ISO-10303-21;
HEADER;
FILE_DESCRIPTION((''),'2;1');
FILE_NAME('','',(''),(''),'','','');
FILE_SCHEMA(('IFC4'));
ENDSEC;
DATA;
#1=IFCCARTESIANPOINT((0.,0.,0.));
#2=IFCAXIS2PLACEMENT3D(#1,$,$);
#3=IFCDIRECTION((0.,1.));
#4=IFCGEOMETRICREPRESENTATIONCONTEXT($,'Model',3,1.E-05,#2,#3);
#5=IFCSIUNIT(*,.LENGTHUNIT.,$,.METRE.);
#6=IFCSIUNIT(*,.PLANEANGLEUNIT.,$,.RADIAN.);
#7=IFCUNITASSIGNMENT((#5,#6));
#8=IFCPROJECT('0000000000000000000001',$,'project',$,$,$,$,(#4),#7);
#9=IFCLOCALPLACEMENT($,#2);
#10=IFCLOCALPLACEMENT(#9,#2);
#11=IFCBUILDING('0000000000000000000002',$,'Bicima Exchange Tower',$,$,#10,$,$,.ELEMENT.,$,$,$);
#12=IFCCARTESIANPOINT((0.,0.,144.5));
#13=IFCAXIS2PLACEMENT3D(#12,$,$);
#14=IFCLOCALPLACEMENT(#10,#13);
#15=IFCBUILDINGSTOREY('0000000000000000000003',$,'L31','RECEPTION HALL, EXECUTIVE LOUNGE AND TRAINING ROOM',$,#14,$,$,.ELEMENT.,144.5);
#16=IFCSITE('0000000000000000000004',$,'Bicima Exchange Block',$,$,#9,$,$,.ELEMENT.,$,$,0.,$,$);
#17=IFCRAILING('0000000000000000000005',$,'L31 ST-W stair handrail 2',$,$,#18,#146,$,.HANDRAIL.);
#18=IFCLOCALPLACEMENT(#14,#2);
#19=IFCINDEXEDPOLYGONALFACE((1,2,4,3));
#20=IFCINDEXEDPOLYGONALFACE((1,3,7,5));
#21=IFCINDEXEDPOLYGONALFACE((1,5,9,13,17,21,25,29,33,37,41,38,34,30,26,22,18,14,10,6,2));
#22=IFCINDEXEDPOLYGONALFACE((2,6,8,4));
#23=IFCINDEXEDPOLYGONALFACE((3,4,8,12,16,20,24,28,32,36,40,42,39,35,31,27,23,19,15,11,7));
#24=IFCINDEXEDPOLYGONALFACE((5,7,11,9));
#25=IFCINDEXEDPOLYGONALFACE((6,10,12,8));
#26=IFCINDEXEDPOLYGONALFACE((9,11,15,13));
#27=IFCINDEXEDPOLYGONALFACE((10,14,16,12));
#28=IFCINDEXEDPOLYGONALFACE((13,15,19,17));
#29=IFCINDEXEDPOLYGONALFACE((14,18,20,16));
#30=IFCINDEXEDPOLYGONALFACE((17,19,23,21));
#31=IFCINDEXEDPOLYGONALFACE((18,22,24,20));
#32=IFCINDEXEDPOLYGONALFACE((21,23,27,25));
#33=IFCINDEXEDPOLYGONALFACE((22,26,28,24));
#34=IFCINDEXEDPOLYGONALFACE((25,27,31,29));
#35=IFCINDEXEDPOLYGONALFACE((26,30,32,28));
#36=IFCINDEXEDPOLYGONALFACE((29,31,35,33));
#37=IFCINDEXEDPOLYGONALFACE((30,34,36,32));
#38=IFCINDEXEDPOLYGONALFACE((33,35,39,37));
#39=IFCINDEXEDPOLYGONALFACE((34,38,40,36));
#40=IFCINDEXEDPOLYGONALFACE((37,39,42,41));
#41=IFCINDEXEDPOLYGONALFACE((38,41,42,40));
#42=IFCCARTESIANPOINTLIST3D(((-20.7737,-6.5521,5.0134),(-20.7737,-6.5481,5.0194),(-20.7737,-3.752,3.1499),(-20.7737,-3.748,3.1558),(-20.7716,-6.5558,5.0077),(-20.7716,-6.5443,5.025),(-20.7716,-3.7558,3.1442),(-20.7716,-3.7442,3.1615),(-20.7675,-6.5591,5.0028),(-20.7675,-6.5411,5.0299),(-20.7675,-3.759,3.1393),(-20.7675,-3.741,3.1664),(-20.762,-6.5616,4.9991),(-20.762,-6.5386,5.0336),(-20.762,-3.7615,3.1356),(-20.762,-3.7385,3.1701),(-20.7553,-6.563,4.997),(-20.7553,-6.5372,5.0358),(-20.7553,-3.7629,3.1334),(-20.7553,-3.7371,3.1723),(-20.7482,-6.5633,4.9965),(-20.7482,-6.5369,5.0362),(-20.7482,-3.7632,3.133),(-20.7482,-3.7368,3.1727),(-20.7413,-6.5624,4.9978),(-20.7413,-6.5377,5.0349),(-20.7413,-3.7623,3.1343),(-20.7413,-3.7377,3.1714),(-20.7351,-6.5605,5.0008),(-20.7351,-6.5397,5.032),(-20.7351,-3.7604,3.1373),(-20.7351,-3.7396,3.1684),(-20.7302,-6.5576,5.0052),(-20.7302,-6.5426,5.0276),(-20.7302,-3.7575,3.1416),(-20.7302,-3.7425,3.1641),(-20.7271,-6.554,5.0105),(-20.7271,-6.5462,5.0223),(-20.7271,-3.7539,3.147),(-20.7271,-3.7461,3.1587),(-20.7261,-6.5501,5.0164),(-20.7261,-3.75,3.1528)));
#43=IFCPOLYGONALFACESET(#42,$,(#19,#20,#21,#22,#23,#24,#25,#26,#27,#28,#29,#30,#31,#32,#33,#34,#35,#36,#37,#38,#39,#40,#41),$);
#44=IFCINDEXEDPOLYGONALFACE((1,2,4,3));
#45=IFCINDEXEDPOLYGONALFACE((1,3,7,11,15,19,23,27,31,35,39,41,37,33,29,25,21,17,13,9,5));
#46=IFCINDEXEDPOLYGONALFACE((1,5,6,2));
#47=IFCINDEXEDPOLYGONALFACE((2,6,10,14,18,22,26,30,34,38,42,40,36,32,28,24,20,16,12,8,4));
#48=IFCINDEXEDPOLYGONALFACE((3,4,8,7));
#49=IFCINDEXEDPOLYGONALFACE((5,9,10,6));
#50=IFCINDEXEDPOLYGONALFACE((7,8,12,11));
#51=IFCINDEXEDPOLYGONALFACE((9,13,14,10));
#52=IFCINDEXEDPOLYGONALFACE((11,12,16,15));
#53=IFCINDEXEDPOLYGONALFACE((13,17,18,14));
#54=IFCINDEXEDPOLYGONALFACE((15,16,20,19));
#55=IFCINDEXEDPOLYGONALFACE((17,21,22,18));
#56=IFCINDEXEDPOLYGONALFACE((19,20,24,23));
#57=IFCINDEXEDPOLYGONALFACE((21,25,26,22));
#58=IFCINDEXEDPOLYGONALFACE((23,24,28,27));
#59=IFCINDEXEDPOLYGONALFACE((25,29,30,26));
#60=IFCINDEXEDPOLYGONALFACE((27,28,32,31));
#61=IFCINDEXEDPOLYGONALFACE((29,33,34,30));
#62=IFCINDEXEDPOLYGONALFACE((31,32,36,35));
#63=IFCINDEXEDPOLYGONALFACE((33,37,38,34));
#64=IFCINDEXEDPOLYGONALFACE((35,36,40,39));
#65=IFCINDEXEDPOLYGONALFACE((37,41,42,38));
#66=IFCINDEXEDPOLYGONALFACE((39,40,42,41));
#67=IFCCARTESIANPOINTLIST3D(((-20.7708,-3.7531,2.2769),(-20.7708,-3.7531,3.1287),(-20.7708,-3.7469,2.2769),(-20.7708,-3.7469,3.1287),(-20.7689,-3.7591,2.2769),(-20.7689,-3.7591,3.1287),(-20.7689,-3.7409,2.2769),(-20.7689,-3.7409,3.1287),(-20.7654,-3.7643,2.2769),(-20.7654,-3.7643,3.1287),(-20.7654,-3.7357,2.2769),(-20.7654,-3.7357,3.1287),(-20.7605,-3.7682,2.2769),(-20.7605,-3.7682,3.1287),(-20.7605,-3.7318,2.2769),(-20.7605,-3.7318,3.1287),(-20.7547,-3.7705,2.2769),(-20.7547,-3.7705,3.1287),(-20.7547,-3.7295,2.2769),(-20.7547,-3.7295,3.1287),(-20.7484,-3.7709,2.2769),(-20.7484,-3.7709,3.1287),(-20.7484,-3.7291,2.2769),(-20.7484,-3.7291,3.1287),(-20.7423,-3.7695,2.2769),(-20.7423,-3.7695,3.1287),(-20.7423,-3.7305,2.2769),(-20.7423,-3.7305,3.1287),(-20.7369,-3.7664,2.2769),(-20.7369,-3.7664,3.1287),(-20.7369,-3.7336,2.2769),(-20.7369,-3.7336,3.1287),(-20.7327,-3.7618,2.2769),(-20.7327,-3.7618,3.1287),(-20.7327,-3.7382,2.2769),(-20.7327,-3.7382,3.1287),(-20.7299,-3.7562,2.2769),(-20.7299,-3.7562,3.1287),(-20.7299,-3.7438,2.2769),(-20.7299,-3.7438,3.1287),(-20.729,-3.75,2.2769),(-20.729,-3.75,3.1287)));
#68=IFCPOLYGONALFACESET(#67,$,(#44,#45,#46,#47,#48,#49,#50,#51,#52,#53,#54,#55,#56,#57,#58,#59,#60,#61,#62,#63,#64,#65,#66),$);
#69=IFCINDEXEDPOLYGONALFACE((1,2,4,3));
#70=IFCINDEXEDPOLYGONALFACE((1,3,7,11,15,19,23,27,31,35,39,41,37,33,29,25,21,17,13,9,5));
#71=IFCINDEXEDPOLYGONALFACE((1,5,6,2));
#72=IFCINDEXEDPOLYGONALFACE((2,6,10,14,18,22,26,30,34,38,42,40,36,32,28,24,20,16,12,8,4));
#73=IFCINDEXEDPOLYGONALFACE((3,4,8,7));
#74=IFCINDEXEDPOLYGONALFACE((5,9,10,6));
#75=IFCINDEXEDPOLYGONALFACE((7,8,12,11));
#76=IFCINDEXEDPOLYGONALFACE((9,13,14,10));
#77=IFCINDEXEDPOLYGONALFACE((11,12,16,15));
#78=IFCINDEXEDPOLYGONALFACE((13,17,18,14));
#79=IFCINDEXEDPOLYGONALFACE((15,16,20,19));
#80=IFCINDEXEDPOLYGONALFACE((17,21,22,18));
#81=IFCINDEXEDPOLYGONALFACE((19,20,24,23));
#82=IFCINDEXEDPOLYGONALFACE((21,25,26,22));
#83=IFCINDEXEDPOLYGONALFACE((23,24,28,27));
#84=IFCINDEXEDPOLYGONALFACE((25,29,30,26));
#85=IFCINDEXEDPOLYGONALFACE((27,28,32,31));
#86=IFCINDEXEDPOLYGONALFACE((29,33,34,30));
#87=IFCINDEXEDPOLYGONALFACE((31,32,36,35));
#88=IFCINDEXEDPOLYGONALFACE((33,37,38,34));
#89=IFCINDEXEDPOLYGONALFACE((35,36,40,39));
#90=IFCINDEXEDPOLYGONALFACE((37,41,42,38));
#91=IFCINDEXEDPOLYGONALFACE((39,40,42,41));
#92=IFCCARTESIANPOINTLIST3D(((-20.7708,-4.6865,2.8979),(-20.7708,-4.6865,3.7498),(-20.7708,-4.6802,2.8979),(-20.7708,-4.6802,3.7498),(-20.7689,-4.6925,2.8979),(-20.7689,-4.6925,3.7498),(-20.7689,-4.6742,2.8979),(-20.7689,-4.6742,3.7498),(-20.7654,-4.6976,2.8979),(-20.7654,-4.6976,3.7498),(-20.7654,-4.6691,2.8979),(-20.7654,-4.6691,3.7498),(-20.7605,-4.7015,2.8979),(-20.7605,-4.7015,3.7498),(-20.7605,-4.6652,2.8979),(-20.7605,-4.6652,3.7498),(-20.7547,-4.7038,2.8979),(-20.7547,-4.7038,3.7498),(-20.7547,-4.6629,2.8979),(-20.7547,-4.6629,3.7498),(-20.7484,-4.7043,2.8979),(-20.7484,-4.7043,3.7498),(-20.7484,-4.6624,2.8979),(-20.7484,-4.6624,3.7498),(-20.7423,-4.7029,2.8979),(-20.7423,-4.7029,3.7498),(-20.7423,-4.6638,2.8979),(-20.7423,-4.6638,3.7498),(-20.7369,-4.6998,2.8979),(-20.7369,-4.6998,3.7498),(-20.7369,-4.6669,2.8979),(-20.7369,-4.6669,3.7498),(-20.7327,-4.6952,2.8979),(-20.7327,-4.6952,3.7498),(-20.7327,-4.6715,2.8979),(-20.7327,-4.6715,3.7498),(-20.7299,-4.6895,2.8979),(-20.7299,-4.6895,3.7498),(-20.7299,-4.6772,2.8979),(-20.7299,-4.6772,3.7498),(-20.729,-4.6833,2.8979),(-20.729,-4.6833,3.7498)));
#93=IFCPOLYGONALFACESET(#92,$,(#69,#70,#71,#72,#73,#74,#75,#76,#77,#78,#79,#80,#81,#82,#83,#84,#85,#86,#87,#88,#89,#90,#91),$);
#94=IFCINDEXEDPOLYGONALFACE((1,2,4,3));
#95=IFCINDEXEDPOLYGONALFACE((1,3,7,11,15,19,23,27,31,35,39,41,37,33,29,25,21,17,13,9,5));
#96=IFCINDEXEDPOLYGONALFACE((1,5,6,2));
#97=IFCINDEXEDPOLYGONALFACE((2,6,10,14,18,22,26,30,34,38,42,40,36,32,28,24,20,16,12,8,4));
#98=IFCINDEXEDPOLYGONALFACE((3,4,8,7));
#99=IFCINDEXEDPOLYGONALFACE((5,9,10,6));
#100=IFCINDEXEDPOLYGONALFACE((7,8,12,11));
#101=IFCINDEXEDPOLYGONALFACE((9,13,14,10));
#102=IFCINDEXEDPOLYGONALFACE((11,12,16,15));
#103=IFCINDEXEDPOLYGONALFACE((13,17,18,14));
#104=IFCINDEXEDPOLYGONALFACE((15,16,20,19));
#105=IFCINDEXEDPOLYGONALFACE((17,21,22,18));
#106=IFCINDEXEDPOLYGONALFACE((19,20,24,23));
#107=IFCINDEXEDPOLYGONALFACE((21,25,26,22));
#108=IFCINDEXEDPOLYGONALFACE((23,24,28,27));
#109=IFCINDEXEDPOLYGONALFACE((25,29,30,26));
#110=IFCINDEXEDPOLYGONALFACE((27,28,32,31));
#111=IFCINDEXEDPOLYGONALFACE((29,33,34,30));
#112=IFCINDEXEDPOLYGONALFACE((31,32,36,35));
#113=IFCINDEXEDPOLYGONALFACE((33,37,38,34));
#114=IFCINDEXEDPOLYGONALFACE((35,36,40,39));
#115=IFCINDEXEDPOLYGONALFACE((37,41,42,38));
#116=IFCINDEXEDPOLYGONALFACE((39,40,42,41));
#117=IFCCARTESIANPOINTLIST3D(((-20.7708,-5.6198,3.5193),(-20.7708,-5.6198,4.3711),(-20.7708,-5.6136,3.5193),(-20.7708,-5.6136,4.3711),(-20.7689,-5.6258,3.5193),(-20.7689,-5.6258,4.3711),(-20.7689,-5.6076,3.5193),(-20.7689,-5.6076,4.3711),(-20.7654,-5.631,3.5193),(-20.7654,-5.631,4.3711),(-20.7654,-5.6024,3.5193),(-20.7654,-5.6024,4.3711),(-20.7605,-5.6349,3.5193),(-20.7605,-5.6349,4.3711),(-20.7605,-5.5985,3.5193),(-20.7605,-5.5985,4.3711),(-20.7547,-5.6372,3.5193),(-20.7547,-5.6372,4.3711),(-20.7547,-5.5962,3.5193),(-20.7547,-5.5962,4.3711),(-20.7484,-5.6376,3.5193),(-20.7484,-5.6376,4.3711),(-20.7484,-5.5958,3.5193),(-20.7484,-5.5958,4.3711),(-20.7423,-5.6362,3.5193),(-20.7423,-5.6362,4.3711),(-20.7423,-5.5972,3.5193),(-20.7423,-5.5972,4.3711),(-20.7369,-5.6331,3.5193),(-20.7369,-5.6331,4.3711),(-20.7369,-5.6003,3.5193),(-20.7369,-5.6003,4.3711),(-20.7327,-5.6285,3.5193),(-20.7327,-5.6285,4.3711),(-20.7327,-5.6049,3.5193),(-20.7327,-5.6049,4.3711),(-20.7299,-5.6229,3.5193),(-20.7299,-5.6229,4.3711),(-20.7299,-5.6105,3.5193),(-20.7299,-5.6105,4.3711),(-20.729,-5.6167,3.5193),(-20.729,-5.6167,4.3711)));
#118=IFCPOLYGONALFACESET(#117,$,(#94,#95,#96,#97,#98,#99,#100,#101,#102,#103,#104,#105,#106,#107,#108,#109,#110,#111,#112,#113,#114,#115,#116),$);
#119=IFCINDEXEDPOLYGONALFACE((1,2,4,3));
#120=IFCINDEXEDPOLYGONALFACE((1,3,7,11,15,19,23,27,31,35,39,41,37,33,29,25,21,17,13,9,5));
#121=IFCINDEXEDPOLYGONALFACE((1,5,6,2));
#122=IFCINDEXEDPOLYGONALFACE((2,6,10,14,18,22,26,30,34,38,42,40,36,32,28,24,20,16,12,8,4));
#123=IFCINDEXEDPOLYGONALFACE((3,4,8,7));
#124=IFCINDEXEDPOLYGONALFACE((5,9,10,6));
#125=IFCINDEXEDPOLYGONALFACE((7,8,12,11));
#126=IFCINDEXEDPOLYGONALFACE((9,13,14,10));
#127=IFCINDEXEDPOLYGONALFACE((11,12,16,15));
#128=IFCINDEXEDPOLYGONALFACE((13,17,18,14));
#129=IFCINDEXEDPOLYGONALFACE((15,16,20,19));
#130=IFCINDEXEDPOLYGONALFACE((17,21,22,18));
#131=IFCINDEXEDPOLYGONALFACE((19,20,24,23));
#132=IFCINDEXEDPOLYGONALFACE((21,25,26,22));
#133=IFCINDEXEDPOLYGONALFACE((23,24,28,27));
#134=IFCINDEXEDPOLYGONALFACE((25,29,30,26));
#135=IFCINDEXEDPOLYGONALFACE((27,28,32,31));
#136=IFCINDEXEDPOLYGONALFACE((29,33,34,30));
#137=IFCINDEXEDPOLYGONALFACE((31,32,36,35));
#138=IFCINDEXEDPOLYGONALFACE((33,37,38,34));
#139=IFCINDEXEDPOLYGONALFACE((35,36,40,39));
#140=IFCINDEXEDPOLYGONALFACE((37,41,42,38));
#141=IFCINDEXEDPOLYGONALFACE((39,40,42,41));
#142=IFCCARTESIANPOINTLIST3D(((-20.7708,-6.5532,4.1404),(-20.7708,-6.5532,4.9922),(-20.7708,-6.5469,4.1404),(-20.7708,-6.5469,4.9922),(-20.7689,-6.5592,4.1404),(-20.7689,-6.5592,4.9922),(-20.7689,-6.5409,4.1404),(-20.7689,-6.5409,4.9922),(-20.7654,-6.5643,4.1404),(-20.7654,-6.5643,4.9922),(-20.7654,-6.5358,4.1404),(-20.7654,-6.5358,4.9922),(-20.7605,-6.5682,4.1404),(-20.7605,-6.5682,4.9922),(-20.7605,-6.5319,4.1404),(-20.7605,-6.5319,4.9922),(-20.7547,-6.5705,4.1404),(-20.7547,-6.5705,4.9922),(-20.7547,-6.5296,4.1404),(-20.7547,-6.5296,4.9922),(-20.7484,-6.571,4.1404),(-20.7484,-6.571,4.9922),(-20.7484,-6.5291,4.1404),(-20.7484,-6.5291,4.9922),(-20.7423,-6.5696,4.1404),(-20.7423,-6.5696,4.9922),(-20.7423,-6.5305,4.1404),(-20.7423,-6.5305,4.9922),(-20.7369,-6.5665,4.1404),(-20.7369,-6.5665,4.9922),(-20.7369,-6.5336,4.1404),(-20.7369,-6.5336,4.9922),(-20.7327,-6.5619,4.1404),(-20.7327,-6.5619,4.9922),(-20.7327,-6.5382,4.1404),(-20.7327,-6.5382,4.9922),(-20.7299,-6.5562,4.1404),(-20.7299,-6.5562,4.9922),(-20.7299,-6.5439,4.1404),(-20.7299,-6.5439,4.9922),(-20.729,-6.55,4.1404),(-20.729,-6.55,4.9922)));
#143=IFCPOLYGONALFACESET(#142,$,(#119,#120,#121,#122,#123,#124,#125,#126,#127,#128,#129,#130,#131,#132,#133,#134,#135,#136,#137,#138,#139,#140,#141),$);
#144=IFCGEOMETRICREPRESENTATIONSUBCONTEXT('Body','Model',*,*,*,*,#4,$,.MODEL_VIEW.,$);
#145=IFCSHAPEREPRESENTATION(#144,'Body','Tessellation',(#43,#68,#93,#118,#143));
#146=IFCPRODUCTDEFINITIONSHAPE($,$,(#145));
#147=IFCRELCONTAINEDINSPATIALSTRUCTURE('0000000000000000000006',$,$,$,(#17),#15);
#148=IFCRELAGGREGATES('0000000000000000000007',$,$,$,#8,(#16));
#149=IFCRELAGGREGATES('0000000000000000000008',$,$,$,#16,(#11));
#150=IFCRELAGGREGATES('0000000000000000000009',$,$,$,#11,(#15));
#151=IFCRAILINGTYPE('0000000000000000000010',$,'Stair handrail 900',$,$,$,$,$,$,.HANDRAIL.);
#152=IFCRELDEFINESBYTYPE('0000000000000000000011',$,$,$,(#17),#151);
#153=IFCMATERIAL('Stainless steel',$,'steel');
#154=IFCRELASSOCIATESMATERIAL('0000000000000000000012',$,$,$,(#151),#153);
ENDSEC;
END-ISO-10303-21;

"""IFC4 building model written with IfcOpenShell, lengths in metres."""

from ifc_helpers import new_model, si_unit, direction, frame, origin, origin_2d, place, context, subcontext, project, spatial, circle, extrude, material, type_object, element, save


model = new_model("IFC4")

# Units and contexts
model_context = context("Model", 3, precision=1e-05, world=origin(), true_north=direction((0.0, 1.0)))
body_context = subcontext(model_context, "Body", "Model", "MODEL_VIEW")
ifc_project = project(units=[si_unit("LENGTHUNIT", "METRE"), si_unit("PLANEANGLEUNIT", "RADIAN")], contexts=[model_context])

# Site, building, storey
site_placement = place(None, origin())
site = spatial("IfcSite", under=ifc_project, at=site_placement, Name="Bicima Exchange Block", CompositionType="ELEMENT", RefElevation=0.0)
building_placement = place(site_placement, origin())
building = spatial("IfcBuilding", under=site, at=building_placement, Name="Bicima Exchange Tower", CompositionType="ELEMENT")
storey_placement = place(building_placement, frame((0.0, 0.0, 144.5)))
storey = spatial("IfcBuildingStorey", under=building, at=storey_placement, Name="L31", Description="RECEPTION HALL, EXECUTIVE LOUNGE AND TRAINING ROOM", CompositionType="ELEMENT", Elevation=144.5)

# Shared definitions
ifc_material_1 = material(Name="Stainless steel", Category="steel")

# Railing
railing_type_1 = type_object("IfcRailingType", Name="Stair handrail 900", PredefinedType="HANDRAIL", material=ifc_material_1)
railing_1_placement = place(storey_placement, frame((-20.75, -3.75, 2.2769)))
element("IfcRailing", 1, at=railing_1_placement, inside=storey, type_object=railing_type_1, Name="L31 ST-W stair handrail 2", PredefinedType="HANDRAIL", context=body_context, shape_type="SweptSolid", body=[
    extrude(circle(Radius=0.0239, at=origin_2d()), frame((0.0, 0.0, 0.876), z_axis=(0.0, -0.832486, 0.554047), x_axis=(1.0, 0.0, 0.0)), (0.0, 0.0, 1.0), 3.3635),
    extrude(circle(Radius=0.021, at=origin_2d()), origin(), (0.0, 0.0, 1.0), 0.8518),
    extrude(circle(Radius=0.021, at=origin_2d()), frame((0.0, -0.9333, 0.6211)), (0.0, 0.0, 1.0), 0.8518),
    extrude(circle(Radius=0.021, at=origin_2d()), frame((0.0, -1.8667, 1.2424)), (0.0, 0.0, 1.0), 0.8518),
    extrude(circle(Radius=0.021, at=origin_2d()), frame((0.0, -2.8, 1.8635)), (0.0, 0.0, 1.0), 0.8518),
])

save(model, "model.ifc")
